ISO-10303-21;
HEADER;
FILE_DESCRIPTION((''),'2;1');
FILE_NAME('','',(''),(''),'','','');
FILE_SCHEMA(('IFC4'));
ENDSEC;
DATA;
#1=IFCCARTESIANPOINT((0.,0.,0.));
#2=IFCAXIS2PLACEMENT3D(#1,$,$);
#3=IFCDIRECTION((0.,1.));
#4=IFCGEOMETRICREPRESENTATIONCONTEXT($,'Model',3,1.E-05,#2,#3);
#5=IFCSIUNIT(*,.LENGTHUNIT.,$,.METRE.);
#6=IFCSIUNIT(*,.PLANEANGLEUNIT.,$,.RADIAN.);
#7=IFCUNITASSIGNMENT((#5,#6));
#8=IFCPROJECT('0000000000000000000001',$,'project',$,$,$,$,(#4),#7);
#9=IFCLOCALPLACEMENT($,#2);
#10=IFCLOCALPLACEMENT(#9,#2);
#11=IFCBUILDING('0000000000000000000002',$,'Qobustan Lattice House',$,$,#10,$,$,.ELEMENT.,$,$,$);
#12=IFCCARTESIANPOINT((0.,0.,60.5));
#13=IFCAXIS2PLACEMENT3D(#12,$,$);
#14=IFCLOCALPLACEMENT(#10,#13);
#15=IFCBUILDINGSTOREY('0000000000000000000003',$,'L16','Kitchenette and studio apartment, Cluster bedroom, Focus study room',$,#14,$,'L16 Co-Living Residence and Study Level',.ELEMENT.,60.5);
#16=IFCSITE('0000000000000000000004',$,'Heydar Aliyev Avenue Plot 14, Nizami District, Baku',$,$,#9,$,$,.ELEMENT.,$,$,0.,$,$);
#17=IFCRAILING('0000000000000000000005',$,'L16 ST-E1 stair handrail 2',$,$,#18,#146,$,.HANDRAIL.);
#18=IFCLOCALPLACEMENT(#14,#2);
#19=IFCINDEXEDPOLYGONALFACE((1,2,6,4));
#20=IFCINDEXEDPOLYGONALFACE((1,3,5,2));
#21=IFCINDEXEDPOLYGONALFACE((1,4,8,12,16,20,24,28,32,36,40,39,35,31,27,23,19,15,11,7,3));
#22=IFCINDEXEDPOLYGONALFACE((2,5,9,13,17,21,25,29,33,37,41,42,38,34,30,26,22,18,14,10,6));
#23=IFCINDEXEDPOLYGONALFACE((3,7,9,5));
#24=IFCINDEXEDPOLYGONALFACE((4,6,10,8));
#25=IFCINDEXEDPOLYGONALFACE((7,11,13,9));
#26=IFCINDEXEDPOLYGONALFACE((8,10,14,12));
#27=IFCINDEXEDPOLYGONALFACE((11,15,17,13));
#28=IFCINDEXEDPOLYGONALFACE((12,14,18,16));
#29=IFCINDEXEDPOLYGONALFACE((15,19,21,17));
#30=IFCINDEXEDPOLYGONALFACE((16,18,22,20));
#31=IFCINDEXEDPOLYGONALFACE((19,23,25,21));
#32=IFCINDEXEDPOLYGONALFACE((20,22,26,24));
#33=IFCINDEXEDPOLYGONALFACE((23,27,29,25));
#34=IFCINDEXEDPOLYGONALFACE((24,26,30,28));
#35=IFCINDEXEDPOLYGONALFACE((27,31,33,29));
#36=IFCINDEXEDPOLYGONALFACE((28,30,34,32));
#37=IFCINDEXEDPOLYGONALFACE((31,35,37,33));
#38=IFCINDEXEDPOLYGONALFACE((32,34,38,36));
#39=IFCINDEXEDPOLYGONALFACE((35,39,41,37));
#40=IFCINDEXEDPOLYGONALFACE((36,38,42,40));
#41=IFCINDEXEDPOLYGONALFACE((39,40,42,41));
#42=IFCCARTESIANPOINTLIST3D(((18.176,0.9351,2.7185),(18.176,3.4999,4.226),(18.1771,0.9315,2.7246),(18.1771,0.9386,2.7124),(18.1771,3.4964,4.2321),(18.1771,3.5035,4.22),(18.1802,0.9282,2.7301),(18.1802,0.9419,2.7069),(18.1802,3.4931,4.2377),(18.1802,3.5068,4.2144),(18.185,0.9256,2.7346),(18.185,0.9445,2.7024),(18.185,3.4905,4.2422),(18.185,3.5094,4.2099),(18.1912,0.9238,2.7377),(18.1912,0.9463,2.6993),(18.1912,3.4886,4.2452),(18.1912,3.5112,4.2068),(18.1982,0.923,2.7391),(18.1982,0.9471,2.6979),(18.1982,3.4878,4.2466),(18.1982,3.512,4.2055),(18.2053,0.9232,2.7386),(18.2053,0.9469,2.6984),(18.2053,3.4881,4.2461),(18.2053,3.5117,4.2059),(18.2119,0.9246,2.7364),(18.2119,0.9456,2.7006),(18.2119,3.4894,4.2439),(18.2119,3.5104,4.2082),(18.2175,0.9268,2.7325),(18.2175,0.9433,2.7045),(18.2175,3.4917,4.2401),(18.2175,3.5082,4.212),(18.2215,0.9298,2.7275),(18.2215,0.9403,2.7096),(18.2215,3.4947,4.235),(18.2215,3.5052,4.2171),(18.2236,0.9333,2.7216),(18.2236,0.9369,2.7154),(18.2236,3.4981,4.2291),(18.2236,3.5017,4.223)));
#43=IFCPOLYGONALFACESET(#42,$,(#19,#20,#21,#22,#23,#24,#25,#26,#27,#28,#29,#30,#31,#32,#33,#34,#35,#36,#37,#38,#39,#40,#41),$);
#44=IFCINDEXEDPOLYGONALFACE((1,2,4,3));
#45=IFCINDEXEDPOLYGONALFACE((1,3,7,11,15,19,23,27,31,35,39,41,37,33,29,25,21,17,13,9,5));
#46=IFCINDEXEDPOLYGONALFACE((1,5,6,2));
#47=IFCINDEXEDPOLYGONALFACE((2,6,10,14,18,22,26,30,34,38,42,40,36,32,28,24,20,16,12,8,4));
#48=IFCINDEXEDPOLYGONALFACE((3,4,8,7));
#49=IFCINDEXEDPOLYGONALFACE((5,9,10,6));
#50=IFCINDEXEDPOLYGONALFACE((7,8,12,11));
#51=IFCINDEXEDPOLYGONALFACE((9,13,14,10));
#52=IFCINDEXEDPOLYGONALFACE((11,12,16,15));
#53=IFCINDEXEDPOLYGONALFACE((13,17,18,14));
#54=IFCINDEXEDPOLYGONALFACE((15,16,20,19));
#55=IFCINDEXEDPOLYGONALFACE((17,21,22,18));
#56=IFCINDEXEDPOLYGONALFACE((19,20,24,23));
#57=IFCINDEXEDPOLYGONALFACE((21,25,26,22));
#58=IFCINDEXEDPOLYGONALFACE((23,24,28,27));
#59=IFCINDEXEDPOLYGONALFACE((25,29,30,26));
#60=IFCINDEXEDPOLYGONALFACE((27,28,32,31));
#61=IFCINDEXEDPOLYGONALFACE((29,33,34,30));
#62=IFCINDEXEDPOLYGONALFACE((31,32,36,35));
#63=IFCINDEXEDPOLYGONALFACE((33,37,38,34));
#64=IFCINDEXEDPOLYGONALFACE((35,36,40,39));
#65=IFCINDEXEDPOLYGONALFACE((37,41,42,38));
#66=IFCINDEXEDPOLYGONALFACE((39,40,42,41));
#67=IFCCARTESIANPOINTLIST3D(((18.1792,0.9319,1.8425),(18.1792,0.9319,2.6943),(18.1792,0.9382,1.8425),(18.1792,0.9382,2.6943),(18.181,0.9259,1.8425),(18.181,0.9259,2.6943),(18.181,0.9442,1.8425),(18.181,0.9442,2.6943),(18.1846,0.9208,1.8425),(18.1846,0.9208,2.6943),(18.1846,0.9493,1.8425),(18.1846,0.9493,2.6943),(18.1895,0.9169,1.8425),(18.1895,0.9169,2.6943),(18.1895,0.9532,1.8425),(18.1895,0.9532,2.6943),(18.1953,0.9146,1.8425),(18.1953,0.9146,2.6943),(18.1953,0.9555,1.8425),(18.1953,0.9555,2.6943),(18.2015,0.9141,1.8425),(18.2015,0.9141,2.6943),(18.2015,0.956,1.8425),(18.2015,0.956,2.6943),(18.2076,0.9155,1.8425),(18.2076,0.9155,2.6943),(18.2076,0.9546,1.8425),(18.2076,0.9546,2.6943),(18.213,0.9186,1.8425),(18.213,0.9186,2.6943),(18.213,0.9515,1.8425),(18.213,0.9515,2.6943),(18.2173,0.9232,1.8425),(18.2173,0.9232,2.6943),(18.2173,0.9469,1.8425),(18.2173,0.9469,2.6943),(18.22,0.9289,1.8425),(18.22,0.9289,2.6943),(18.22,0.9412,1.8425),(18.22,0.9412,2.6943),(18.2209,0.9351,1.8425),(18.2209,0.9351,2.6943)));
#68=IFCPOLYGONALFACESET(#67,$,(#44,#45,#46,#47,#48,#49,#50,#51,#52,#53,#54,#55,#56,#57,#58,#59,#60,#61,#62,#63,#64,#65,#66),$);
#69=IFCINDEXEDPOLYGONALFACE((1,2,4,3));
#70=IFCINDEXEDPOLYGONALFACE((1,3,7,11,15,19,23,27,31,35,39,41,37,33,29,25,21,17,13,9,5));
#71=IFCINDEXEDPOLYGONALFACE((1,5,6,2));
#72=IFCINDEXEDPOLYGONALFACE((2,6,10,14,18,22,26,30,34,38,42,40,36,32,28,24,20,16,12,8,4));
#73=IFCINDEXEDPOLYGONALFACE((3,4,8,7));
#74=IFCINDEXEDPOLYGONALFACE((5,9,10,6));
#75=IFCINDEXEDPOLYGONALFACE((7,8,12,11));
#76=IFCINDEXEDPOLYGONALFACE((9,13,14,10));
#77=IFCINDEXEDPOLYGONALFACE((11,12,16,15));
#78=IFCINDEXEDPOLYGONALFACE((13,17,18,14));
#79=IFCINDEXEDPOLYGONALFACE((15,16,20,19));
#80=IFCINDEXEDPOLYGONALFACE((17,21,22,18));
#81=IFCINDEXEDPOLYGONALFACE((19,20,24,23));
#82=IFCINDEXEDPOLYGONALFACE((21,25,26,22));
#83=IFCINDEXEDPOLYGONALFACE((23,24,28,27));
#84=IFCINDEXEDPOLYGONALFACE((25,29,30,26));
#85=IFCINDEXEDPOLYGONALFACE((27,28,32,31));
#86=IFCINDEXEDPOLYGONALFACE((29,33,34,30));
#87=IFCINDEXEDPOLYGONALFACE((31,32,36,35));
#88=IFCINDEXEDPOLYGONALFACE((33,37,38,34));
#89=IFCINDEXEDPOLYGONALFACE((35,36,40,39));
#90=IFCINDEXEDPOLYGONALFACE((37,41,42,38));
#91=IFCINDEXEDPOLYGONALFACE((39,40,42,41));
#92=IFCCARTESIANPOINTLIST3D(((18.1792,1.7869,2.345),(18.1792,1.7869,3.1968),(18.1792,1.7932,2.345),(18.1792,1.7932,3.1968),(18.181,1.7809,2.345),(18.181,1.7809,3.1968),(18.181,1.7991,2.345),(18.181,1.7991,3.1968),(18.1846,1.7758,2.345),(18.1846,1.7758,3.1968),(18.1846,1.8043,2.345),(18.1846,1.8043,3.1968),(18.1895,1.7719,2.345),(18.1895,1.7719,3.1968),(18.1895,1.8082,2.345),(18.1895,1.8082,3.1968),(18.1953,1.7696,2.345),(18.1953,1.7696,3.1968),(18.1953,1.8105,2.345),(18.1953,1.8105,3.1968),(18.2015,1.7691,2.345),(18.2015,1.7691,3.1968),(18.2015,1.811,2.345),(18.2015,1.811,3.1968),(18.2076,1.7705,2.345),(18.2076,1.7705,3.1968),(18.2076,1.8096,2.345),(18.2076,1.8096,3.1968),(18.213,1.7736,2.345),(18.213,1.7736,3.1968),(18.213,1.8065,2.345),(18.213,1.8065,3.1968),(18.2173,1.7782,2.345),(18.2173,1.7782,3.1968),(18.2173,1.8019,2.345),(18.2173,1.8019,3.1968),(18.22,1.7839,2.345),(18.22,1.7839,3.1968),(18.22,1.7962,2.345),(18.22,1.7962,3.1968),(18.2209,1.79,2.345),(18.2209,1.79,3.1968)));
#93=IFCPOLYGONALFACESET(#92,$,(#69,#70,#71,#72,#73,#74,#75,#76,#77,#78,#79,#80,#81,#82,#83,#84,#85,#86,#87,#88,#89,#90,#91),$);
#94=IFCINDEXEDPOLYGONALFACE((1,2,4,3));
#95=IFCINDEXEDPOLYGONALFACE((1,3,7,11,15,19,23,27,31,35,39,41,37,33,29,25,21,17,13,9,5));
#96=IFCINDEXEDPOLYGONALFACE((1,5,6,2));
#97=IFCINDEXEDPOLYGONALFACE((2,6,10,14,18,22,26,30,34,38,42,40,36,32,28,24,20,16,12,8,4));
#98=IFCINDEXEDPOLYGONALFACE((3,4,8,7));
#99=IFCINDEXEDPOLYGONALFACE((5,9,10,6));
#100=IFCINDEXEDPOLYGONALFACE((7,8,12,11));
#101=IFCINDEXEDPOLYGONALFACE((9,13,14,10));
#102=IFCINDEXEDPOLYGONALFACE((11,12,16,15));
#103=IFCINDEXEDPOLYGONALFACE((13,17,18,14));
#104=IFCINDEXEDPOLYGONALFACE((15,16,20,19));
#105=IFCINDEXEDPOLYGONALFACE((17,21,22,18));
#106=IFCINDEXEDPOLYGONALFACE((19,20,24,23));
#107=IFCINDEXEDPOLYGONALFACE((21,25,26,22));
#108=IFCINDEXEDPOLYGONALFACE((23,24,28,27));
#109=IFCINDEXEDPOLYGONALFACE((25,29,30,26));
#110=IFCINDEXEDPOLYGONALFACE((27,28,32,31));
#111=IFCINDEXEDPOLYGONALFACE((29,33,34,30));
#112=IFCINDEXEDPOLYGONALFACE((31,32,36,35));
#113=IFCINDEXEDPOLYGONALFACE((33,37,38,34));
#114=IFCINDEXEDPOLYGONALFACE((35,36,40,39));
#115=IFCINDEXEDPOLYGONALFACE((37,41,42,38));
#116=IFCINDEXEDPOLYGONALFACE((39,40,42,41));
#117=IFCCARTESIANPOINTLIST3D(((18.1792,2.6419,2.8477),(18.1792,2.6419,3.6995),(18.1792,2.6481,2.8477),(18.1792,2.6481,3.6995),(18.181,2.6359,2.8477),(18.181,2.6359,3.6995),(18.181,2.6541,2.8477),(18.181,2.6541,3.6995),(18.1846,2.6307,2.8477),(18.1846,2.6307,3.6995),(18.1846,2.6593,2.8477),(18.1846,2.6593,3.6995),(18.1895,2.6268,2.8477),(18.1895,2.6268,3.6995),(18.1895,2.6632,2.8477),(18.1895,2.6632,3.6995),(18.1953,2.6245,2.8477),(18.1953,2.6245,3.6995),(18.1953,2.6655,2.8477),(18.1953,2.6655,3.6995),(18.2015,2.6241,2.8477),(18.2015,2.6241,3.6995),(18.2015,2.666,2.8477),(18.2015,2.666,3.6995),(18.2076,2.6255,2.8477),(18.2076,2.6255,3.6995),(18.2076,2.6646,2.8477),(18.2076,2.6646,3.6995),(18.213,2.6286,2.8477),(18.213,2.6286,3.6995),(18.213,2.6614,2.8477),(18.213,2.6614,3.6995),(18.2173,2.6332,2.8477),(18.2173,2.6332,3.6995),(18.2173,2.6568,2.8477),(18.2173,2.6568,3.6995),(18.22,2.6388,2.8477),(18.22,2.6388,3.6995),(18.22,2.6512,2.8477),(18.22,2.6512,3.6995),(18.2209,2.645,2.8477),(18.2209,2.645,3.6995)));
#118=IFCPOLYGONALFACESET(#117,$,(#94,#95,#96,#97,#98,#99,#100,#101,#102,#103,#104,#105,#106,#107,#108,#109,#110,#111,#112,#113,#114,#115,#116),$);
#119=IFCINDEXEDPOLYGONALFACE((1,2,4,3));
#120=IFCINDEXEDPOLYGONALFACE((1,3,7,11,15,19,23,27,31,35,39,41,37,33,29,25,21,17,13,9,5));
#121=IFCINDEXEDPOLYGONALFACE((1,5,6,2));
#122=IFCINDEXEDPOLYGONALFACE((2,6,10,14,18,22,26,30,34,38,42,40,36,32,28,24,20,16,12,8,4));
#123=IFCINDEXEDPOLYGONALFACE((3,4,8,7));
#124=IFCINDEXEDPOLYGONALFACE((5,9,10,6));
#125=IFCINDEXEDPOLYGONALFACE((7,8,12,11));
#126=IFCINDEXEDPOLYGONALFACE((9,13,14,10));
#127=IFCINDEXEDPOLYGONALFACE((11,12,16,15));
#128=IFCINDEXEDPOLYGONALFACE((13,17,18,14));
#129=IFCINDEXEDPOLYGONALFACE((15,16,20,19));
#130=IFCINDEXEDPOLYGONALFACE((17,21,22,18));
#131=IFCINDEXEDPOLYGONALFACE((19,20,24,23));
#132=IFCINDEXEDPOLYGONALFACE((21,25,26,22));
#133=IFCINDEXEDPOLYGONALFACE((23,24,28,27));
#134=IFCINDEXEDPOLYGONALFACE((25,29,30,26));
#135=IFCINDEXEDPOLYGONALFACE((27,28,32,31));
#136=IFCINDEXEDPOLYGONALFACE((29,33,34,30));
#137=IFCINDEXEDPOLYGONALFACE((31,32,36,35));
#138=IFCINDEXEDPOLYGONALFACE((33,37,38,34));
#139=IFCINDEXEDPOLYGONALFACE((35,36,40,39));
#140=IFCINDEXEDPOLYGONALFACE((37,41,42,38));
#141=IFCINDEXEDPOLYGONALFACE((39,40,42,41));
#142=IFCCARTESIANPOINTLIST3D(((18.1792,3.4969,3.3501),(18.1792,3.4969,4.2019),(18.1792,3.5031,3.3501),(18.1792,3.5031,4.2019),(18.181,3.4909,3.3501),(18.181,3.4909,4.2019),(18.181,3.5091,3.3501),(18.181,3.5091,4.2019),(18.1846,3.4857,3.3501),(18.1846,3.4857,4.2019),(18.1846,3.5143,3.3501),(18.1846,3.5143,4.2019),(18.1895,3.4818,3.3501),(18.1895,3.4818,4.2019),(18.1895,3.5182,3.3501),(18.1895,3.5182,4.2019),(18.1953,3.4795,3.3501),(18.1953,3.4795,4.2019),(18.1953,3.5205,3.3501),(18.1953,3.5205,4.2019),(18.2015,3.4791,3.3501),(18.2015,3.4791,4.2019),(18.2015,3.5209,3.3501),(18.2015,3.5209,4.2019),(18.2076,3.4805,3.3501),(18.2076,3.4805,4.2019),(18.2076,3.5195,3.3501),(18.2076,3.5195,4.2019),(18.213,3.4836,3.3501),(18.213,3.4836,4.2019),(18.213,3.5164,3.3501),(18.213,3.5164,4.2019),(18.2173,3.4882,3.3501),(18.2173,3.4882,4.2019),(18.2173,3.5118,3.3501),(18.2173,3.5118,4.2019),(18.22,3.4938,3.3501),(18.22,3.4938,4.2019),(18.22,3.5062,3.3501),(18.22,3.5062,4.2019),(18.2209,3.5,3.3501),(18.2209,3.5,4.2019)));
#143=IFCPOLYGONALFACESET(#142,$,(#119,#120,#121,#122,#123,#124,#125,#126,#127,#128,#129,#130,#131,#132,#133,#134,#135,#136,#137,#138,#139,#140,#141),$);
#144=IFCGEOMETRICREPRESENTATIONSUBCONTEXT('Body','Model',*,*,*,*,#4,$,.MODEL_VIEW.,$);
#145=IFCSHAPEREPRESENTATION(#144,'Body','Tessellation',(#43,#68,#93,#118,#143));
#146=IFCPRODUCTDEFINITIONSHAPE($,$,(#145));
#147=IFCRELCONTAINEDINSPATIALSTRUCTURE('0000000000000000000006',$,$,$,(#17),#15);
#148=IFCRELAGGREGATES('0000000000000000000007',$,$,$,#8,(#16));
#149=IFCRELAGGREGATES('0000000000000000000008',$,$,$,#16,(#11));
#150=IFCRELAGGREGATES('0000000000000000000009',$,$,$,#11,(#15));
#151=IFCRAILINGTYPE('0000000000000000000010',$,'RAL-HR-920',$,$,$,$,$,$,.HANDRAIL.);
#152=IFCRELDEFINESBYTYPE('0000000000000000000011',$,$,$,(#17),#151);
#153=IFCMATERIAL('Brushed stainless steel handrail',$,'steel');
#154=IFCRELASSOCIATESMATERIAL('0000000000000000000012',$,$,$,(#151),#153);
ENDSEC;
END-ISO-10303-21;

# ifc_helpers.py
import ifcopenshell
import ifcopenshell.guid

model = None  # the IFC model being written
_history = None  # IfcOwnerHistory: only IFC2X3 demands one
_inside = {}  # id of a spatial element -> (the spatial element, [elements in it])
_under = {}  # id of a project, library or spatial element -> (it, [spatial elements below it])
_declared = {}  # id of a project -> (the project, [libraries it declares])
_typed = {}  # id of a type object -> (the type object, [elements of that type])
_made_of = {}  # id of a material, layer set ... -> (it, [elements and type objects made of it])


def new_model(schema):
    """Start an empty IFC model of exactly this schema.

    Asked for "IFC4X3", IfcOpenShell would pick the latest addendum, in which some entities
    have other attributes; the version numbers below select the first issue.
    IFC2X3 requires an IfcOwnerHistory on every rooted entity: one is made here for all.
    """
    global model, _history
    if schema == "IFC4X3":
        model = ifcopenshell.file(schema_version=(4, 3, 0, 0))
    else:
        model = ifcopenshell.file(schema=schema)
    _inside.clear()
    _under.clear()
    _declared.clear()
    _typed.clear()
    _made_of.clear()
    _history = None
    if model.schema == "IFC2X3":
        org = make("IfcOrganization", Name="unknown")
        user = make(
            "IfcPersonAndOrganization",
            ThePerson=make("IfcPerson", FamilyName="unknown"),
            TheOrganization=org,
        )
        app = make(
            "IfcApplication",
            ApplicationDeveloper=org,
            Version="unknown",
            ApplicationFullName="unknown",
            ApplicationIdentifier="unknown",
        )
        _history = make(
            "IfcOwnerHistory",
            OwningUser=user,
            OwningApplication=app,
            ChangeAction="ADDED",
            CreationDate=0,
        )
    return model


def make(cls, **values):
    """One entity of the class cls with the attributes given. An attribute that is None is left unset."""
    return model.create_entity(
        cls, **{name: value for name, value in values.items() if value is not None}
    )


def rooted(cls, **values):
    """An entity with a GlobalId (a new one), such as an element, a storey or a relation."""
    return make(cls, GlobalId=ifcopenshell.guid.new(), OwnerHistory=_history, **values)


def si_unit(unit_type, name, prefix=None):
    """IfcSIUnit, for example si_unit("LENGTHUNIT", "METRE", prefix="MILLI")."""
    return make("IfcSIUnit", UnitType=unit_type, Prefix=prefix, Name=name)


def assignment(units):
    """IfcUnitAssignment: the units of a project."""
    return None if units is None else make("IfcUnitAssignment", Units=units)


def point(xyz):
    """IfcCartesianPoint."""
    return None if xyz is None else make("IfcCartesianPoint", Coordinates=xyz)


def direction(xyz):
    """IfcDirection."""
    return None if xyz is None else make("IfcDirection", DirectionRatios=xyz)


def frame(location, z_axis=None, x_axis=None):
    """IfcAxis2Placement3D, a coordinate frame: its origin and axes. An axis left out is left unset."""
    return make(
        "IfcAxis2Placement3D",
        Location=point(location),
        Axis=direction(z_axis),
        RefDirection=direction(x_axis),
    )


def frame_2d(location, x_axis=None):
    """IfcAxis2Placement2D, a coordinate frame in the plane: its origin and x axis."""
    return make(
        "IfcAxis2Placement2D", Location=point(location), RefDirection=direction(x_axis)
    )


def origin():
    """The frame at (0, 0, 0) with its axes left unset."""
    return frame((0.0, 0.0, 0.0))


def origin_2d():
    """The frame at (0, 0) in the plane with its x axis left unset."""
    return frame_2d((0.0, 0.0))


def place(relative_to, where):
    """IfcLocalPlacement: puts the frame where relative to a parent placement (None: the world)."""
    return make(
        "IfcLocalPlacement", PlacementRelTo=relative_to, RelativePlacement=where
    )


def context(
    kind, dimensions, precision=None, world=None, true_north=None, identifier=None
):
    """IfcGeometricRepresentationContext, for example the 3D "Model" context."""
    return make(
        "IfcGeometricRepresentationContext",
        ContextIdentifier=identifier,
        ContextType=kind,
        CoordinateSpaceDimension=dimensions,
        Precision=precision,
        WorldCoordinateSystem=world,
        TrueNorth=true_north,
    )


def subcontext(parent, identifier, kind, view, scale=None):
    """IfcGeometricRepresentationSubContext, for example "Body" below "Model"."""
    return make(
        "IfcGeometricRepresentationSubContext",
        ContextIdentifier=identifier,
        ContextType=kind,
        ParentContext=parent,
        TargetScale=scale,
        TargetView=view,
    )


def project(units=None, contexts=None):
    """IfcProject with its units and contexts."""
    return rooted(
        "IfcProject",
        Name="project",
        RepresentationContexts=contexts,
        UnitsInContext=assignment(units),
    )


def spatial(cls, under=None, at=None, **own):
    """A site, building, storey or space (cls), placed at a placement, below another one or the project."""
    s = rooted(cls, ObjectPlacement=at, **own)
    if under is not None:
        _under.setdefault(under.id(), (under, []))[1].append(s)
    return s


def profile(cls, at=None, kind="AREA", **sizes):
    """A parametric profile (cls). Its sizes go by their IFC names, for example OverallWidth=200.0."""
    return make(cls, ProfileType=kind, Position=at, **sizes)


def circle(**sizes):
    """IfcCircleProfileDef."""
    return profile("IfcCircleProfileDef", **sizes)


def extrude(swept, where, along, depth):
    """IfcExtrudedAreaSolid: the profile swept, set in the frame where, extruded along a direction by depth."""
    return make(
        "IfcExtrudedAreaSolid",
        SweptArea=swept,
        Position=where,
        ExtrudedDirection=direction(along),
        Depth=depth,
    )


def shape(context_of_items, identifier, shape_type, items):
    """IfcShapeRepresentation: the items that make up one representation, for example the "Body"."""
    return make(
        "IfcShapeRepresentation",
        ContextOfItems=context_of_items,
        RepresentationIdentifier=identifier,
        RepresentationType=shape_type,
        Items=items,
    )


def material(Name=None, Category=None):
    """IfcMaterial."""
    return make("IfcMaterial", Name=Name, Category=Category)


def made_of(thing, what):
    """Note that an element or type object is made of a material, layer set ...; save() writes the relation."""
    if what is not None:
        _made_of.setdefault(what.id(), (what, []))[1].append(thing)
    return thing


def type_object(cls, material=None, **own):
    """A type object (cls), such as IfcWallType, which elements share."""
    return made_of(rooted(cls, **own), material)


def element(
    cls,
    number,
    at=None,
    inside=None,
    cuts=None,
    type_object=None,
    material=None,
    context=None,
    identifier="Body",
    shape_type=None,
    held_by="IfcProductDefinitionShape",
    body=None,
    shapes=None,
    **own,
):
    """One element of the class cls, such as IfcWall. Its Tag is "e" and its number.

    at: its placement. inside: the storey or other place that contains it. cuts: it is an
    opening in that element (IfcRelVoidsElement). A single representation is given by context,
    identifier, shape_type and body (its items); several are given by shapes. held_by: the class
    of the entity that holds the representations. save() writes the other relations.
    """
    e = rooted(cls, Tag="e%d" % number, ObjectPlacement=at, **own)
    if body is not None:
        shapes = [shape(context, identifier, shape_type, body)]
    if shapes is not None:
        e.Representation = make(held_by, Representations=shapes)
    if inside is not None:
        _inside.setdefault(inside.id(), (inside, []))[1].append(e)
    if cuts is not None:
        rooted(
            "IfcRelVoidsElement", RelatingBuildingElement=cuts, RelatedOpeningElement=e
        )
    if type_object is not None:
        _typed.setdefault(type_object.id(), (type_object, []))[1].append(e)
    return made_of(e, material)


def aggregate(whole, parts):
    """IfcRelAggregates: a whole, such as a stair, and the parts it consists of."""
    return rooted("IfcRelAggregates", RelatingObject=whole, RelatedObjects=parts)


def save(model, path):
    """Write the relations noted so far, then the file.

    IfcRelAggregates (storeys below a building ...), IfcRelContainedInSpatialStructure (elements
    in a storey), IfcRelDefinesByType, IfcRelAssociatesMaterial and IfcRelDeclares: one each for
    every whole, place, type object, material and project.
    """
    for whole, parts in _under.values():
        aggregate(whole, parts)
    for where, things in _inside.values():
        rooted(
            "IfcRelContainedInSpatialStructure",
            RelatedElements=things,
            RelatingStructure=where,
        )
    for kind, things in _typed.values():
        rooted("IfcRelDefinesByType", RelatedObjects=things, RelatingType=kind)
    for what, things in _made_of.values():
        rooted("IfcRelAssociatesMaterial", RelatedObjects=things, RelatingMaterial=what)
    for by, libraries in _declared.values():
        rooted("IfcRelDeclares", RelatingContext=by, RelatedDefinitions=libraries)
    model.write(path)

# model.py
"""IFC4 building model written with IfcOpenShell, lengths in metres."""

from ifc_helpers import new_model, si_unit, direction, frame, origin, origin_2d, place, context, subcontext, project, spatial, circle, extrude, material, type_object, element, save


model = new_model("IFC4")

# Units and contexts
model_context = context("Model", 3, precision=1e-05, world=origin(), true_north=direction((0.0, 1.0)))
body_context = subcontext(model_context, "Body", "Model", "MODEL_VIEW")
ifc_project = project(units=[si_unit("LENGTHUNIT", "METRE"), si_unit("PLANEANGLEUNIT", "RADIAN")], contexts=[model_context])

# Site, building, storey
site_placement = place(None, origin())
site = spatial("IfcSite", under=ifc_project, at=site_placement, Name="Heydar Aliyev Avenue Plot 14, Nizami District, Baku", CompositionType="ELEMENT", RefElevation=0.0)
building_placement = place(site_placement, origin())
building = spatial("IfcBuilding", under=site, at=building_placement, Name="Qobustan Lattice House", CompositionType="ELEMENT")
storey_placement = place(building_placement, frame((0.0, 0.0, 60.5)))
storey = spatial("IfcBuildingStorey", under=building, at=storey_placement, Name="L16", Description="Kitchenette and studio apartment, Cluster bedroom, Focus study room", LongName="L16 Co-Living Residence and Study Level", CompositionType="ELEMENT", Elevation=60.5)

# Railing
ifc_material_1 = material(Name="Brushed stainless steel handrail", Category="steel")
railing_type = type_object("IfcRailingType", Name="RAL-HR-920", PredefinedType="HANDRAIL", material=ifc_material_1)
railing_placement = place(storey_placement, frame((18.2, 0.9351, 1.8425)))
element("IfcRailing", 1, at=railing_placement, inside=storey, type_object=railing_type, Name="L16 ST-E1 stair handrail 2", PredefinedType="HANDRAIL", context=body_context, shape_type="SweptSolid", body=[
    extrude(circle(Radius=0.0239, at=origin_2d()), frame((0.0, 0.0, 0.876), z_axis=(0.0, 0.862113, 0.506715), x_axis=(-1.0, 0.0, 0.0)), (0.0, 0.0, 1.0), 2.9751),
    extrude(circle(Radius=0.021, at=origin_2d()), origin(), (0.0, 0.0, 1.0), 0.8518),
    extrude(circle(Radius=0.021, at=origin_2d()), frame((0.0, 0.855, 0.5024)), (0.0, 0.0, 1.0), 0.8518),
    extrude(circle(Radius=0.021, at=origin_2d()), frame((0.0, 1.71, 1.0051)), (0.0, 0.0, 1.0), 0.8518),
    extrude(circle(Radius=0.021, at=origin_2d()), frame((0.0, 2.5649, 1.5076)), (0.0, 0.0, 1.0), 0.8518),
])

save(model, "model.ifc")
